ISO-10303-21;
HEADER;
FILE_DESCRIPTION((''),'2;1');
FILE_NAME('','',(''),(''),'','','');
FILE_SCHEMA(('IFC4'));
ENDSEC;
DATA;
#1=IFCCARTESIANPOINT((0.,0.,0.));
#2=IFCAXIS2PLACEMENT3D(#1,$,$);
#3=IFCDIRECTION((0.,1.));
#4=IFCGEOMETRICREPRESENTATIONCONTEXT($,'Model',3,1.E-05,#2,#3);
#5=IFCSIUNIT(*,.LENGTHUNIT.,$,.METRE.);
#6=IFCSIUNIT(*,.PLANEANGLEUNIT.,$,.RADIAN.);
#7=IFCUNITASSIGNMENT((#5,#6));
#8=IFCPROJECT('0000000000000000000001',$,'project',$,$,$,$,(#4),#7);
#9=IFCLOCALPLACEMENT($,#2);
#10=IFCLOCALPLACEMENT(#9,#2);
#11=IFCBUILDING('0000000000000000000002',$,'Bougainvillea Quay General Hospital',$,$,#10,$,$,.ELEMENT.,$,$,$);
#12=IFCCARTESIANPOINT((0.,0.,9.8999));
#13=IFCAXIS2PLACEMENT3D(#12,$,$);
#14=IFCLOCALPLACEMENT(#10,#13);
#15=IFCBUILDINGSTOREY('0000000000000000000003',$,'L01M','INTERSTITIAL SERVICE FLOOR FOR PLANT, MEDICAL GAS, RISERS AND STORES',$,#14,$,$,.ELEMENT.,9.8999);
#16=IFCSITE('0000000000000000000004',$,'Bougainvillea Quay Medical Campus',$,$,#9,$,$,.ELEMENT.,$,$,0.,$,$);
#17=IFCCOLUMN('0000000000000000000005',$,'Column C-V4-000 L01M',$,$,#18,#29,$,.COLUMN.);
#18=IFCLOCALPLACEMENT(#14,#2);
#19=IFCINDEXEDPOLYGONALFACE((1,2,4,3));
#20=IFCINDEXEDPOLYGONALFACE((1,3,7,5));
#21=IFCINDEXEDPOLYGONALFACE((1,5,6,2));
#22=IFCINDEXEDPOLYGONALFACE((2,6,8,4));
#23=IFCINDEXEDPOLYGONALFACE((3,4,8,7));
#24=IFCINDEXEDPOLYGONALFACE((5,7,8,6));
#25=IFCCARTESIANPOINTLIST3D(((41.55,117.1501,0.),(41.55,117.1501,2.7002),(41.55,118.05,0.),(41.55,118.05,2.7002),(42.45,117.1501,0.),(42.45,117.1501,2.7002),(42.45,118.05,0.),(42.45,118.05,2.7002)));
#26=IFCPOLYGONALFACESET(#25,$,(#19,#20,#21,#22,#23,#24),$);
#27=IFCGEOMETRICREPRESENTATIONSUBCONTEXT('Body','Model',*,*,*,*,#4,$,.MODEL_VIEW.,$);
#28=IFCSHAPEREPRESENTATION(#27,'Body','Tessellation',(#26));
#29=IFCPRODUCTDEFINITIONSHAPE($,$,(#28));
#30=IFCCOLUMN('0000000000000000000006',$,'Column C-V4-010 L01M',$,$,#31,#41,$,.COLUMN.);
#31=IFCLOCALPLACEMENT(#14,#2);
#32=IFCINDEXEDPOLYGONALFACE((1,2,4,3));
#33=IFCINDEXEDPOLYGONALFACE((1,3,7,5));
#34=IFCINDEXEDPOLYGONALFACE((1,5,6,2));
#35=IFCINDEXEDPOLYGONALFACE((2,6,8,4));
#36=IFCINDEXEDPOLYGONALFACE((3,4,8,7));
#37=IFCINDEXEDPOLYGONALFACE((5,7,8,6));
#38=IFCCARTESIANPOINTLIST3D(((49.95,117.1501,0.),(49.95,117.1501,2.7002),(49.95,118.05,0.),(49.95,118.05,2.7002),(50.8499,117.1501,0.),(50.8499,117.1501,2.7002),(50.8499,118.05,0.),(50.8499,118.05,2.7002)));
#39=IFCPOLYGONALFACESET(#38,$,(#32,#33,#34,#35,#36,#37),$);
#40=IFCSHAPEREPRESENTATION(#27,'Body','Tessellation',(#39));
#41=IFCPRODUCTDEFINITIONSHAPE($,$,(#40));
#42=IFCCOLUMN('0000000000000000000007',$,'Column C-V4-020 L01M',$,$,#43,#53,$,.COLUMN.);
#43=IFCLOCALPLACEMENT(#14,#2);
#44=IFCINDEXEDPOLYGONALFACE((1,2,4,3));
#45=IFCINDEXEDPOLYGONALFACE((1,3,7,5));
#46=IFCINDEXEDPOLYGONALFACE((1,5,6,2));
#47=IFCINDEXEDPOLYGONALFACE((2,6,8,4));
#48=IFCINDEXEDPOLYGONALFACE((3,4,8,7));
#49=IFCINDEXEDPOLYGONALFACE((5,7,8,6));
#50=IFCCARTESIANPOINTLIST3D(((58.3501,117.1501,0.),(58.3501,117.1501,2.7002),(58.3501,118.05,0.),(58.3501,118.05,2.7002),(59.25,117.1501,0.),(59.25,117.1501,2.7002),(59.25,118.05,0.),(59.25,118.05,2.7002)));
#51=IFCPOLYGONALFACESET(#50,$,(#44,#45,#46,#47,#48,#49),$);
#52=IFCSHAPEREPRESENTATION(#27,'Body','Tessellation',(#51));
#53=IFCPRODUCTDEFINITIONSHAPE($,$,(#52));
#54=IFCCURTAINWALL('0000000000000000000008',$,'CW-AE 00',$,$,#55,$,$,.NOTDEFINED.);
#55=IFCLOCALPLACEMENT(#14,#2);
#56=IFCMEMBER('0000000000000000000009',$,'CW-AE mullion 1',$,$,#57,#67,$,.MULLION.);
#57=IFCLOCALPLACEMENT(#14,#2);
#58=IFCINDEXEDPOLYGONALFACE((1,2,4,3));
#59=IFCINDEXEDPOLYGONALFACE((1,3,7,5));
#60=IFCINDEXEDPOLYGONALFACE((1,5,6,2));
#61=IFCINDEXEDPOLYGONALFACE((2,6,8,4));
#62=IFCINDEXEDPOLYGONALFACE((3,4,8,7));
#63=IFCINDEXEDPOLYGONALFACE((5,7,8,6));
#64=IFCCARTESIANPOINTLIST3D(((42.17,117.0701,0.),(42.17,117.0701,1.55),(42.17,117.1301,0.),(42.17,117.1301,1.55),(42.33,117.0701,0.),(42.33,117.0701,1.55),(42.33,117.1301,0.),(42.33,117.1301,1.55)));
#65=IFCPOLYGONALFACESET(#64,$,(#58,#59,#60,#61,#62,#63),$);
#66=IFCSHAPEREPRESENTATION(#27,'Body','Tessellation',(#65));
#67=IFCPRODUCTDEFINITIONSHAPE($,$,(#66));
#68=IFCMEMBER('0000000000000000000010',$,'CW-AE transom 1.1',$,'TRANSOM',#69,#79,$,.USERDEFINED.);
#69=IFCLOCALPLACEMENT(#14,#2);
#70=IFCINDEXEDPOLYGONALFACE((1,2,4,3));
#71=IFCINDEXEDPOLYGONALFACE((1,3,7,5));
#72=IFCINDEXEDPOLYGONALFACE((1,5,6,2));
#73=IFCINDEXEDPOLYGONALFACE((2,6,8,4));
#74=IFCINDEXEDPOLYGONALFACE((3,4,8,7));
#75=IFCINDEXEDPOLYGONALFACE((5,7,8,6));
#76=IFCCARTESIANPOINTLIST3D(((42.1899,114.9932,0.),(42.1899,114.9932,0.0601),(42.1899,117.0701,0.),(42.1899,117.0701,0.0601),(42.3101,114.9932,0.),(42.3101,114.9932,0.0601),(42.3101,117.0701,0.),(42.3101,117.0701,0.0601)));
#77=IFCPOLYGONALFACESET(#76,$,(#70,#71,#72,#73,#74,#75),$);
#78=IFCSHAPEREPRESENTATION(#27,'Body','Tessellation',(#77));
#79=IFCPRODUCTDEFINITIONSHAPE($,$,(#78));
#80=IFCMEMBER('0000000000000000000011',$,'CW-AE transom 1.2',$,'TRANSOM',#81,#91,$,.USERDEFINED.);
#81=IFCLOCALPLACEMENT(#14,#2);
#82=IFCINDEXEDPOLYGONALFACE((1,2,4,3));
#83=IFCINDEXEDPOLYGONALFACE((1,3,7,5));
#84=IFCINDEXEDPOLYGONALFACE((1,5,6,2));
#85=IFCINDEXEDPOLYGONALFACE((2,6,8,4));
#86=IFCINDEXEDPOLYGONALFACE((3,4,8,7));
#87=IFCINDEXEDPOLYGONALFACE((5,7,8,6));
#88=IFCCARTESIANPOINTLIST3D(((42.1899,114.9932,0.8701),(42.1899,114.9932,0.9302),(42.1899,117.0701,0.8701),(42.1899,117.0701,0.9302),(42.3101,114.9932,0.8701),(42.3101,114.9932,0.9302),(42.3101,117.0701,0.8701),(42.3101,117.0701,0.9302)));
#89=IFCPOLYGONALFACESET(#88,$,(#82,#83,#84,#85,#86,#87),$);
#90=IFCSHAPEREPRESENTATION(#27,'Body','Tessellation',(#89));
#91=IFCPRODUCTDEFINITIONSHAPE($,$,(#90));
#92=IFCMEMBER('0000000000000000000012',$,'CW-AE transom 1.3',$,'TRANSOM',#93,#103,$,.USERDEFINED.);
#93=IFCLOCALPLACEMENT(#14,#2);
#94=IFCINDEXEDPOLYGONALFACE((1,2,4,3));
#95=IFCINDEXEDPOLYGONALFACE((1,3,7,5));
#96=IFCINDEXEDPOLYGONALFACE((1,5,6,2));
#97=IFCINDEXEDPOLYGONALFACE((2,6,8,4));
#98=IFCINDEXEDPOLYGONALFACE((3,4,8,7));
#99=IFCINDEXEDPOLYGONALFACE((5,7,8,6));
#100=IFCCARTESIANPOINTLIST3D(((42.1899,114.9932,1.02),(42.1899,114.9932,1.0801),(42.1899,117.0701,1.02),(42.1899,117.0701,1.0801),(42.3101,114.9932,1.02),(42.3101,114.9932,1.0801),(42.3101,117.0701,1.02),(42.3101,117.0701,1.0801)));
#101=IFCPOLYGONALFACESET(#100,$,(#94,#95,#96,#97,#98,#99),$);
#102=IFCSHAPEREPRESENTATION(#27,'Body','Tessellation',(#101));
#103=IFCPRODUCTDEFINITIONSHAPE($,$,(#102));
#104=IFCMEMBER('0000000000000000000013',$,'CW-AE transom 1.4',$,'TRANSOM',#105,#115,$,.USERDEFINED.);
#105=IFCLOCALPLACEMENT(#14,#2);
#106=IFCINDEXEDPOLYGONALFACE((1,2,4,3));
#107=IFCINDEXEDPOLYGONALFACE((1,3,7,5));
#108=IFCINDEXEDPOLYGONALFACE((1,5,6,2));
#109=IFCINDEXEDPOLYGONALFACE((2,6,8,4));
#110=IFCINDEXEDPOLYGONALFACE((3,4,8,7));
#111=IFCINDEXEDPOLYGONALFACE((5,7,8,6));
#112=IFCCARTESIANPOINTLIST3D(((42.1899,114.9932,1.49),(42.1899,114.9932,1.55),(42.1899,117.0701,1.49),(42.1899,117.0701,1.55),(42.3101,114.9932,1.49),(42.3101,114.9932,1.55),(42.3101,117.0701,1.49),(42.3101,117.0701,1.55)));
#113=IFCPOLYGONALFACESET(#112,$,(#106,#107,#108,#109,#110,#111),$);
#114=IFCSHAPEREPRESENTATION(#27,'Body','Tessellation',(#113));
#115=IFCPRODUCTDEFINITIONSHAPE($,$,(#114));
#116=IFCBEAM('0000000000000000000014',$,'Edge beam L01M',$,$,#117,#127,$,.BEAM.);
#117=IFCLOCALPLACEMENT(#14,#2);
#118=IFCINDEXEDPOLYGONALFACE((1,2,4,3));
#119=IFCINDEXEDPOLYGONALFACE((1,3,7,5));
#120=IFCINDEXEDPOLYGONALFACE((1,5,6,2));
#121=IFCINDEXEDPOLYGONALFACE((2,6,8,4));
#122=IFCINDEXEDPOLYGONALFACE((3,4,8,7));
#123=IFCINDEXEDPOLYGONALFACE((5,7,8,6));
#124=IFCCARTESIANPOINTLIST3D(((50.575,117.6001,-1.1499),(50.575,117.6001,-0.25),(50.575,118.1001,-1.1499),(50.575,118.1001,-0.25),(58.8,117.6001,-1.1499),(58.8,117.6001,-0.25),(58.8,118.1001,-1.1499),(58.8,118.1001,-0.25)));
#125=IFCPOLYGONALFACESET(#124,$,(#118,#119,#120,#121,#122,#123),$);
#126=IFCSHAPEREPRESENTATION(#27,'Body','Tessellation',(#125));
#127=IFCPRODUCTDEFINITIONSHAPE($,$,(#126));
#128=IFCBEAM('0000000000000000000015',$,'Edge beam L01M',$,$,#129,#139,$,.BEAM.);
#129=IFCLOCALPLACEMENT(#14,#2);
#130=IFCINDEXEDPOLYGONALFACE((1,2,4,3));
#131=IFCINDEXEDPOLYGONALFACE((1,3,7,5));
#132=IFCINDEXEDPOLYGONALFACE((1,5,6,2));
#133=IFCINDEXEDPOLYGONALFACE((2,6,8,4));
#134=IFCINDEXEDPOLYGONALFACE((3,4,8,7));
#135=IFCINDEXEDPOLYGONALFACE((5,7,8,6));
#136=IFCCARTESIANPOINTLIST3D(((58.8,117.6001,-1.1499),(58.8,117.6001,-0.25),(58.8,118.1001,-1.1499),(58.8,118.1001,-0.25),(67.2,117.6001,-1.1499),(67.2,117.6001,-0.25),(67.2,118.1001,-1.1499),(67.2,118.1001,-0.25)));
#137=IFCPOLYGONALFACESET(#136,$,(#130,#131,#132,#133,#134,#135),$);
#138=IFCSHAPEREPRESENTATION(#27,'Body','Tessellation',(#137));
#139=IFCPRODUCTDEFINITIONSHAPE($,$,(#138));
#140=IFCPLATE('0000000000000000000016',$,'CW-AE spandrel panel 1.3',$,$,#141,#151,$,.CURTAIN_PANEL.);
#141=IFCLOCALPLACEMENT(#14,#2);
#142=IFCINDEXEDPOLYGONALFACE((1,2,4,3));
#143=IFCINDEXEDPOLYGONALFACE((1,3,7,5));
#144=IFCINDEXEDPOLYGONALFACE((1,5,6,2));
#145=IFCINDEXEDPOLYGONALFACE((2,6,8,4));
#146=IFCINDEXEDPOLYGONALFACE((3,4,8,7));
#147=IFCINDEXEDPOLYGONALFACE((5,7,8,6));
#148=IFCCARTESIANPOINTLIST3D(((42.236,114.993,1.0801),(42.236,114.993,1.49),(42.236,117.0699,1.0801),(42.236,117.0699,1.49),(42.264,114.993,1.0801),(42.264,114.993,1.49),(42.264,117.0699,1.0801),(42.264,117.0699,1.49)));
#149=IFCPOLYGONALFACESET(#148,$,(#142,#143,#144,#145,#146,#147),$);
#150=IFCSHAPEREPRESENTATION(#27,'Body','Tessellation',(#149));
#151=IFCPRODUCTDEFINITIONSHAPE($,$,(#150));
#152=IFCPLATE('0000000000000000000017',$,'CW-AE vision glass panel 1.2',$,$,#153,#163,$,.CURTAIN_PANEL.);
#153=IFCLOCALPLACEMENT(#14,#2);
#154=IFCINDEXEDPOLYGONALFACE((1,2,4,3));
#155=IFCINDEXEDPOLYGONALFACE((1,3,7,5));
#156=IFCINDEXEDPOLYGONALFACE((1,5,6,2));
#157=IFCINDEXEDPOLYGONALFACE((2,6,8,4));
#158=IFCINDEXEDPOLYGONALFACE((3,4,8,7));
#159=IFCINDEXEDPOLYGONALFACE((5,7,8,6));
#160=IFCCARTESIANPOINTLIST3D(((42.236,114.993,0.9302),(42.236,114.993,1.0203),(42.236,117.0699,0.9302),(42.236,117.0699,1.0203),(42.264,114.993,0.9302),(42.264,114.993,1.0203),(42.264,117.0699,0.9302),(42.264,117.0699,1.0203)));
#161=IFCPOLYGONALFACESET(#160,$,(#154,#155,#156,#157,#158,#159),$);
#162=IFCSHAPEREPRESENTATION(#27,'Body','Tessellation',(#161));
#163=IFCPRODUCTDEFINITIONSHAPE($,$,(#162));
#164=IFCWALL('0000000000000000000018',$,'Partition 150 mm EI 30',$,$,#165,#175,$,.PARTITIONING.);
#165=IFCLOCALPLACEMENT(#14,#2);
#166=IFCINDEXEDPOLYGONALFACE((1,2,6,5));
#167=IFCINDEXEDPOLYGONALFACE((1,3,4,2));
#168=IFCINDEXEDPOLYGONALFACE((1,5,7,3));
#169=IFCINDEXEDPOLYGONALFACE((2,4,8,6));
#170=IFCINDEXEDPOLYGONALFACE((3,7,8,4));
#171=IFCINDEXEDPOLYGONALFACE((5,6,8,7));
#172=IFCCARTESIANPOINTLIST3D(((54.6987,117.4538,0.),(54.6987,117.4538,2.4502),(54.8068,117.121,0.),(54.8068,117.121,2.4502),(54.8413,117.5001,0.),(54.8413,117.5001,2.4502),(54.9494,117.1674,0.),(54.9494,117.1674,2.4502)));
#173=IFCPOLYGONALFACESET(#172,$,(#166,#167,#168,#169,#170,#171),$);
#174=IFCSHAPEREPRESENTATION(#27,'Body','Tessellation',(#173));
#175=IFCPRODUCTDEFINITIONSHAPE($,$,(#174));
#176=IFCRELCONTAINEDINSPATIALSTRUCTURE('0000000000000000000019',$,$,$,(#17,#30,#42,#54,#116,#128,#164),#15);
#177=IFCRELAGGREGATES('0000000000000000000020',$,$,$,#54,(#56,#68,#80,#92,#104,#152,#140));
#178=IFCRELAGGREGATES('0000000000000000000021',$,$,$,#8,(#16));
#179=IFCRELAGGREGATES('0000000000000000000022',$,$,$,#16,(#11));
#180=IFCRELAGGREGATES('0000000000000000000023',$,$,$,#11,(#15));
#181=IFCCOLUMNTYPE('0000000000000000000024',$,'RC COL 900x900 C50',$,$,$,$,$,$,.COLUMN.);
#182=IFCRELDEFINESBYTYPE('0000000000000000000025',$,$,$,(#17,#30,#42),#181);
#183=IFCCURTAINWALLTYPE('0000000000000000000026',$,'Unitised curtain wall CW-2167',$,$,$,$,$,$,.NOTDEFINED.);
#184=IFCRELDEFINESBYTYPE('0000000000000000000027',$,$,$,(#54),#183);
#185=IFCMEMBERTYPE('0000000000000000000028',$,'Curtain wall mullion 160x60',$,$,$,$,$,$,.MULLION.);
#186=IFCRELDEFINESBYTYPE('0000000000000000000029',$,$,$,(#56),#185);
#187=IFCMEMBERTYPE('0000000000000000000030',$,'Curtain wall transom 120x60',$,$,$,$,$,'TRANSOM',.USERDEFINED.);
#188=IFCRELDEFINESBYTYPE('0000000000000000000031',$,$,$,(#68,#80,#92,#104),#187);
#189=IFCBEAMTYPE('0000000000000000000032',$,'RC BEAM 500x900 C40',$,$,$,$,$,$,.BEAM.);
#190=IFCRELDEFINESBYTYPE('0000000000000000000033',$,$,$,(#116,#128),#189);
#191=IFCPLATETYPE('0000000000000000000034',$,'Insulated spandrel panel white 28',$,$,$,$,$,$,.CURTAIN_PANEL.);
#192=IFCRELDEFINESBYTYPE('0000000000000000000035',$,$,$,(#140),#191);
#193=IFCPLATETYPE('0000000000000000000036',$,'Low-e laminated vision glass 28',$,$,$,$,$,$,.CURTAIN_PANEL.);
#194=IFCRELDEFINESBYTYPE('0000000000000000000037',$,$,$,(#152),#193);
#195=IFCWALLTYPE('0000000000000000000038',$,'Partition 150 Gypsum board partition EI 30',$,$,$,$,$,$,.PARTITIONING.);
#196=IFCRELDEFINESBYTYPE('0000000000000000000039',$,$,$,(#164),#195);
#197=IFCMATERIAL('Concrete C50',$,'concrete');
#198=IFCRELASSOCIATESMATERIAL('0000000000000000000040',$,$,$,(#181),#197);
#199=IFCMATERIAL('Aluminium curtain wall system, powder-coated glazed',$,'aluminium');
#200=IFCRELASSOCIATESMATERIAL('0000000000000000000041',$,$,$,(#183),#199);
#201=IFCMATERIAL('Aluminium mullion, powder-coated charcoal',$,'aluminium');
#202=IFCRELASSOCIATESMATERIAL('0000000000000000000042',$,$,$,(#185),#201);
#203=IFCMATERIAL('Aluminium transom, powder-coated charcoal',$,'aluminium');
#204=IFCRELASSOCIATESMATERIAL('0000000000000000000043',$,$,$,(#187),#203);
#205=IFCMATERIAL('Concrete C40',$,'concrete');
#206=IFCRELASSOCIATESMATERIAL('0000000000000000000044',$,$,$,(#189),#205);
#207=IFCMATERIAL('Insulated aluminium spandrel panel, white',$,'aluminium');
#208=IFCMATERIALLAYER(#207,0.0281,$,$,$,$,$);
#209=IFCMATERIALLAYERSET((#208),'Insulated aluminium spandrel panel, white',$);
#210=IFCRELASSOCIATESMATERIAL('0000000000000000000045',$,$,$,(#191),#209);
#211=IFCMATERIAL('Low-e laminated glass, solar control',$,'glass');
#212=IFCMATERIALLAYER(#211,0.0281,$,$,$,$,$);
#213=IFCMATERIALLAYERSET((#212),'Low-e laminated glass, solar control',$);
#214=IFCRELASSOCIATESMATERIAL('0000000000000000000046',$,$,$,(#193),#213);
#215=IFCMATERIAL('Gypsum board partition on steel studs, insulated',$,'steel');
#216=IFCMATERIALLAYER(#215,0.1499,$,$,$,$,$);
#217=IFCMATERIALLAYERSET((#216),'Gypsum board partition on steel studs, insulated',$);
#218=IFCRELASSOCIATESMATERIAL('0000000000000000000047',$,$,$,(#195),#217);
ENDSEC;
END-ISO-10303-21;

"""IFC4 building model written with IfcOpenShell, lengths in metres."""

from ifc_helpers import new_model, si_unit, direction, frame, frame_2d, origin, origin_2d, place, context, subcontext, project, spatial, rectangle, extrude, material, layer, layer_set, material_profile, profile_set, type_object, element, aggregate, save


model = new_model("IFC4")

# Units and contexts
model_context = context("Model", 3, precision=1e-05, world=origin(), true_north=direction((0.0, 1.0)))
body_context = subcontext(model_context, "Body", "Model", "MODEL_VIEW")
ifc_project = project(units=[si_unit("LENGTHUNIT", "METRE"), si_unit("PLANEANGLEUNIT", "RADIAN")], contexts=[model_context])

# Site, building, storey
site_placement = place(None, origin())
site = spatial("IfcSite", under=ifc_project, at=site_placement, Name="Bougainvillea Quay Medical Campus", CompositionType="ELEMENT", RefElevation=0.0)
building_placement = place(site_placement, origin())
building = spatial("IfcBuilding", under=site, at=building_placement, Name="Bougainvillea Quay General Hospital", CompositionType="ELEMENT")
storey_placement = place(building_placement, frame((0.0, 0.0, 9.8999)))
storey = spatial("IfcBuildingStorey", under=building, at=storey_placement, Name="L01M", Description="INTERSTITIAL SERVICE FLOOR FOR PLANT, MEDICAL GAS, RISERS AND STORES", CompositionType="ELEMENT", Elevation=9.8999)

# Columns
ifc_material_1 = material(Name="Concrete C50", Category="concrete")
ifc_material_profile_1 = material_profile(ifc_material_1, rectangle(XDim=0.8999, YDim=0.8999, at=origin_2d()))
ifc_profile_set_1 = profile_set([ifc_material_profile_1], Name="Concrete C50")
column_type = type_object("IfcColumnType", Name="RC COL 900x900 C50", PredefinedType="COLUMN", material=ifc_profile_set_1)
for number, where, z_axis, x_axis, name in (
    (1, (42.0, 117.6001, 0.0), (0.0, 0.0, 1.0), (1.0, 0.0, 0.0), "Column C-V4-000 L01M"),
    (2, (50.3999, 117.6001, 0.0), (0.0, 0.0, 1.0), (1.0, 0.0, 0.0), "Column C-V4-010 L01M"),
    (3, (58.8, 117.6001, 0.0), (0.0, 0.0, 1.0), (1.0, 0.0, 0.0), "Column C-V4-020 L01M"),
):
    element("IfcColumn", number, at=place(storey_placement, frame(where, z_axis=z_axis, x_axis=x_axis)), inside=storey, type_object=column_type, Name=name, PredefinedType="COLUMN", context=body_context, shape_type="SweptSolid", body=[
        extrude(rectangle(XDim=0.8999, YDim=0.8999, at=origin_2d()), origin(), (0.0, 0.0, 1.0), 2.7002),
    ])

# Curtain wall, members
ifc_material_2 = material(Name="Aluminium curtain wall system, powder-coated glazed", Category="aluminium")
curtain_wall_type = type_object("IfcCurtainWallType", Name="Unitised curtain wall CW-2167", PredefinedType="NOTDEFINED", material=ifc_material_2)
curtain_wall_placement = place(storey_placement, origin())
curtain_wall = element("IfcCurtainWall", 4, at=curtain_wall_placement, inside=storey, type_object=curtain_wall_type, Name="CW-AE 00", PredefinedType="NOTDEFINED")
ifc_material_3 = material(Name="Aluminium mullion, powder-coated charcoal", Category="aluminium")
ifc_material_profile_2 = material_profile(ifc_material_3, rectangle(XDim=0.1599, YDim=0.0601, at=origin_2d()))
ifc_profile_set_2 = profile_set([ifc_material_profile_2], Name="Aluminium mullion, powder-coated charcoal")
member_type_1 = type_object("IfcMemberType", Name="Curtain wall mullion 160x60", PredefinedType="MULLION", material=ifc_profile_set_2)
member_1_placement = place(storey_placement, frame((42.25, 117.1001, 0.0), z_axis=(0.0, 0.0, 1.0), x_axis=(1.0, 0.0, 0.0)))
member_1 = element("IfcMember", 5, at=member_1_placement, type_object=member_type_1, Name="CW-AE mullion 1", PredefinedType="MULLION", context=body_context, shape_type="SweptSolid", body=[
    extrude(rectangle(XDim=0.1599, YDim=0.0601, at=origin_2d()), origin(), (0.0, 0.0, 1.0), 1.55),
])
ifc_material_4 = material(Name="Aluminium transom, powder-coated charcoal", Category="aluminium")
ifc_material_profile_3 = material_profile(ifc_material_4, rectangle(XDim=0.1201, YDim=0.0601, at=origin_2d()))
ifc_profile_set_3 = profile_set([ifc_material_profile_3], Name="Aluminium transom, powder-coated charcoal")
member_type_2 = type_object("IfcMemberType", Name="Curtain wall transom 120x60", ElementType="TRANSOM", PredefinedType="USERDEFINED", material=ifc_profile_set_3)
member_2_placement = place(storey_placement, frame((42.25, 117.0701, 0.03), z_axis=(0.0, -1.0, 0.0), x_axis=(1.0, 0.0, 0.0)))
member_2 = element("IfcMember", 6, at=member_2_placement, type_object=member_type_2, Name="CW-AE transom 1.1", ObjectType="TRANSOM", PredefinedType="USERDEFINED", context=body_context, shape_type="SweptSolid", body=[
    extrude(rectangle(XDim=0.1201, YDim=0.0601, at=origin_2d()), origin(), (0.0, 0.0, 1.0), 2.0769),
])
member_3_placement = place(storey_placement, frame((42.25, 117.0701, 0.9001), z_axis=(0.0, -1.0, 0.0), x_axis=(1.0, 0.0, 0.0)))
member_3 = element("IfcMember", 7, at=member_3_placement, type_object=member_type_2, Name="CW-AE transom 1.2", ObjectType="TRANSOM", PredefinedType="USERDEFINED", context=body_context, shape_type="SweptSolid", body=[
    extrude(rectangle(XDim=0.1201, YDim=0.0601, at=origin_2d()), origin(), (0.0, 0.0, 1.0), 2.0769),
])
member_4_placement = place(storey_placement, frame((42.25, 117.0701, 1.05), z_axis=(0.0, -1.0, 0.0), x_axis=(1.0, 0.0, 0.0)))
member_4 = element("IfcMember", 8, at=member_4_placement, type_object=member_type_2, Name="CW-AE transom 1.3", ObjectType="TRANSOM", PredefinedType="USERDEFINED", context=body_context, shape_type="SweptSolid", body=[
    extrude(rectangle(XDim=0.1201, YDim=0.0601, at=origin_2d()), origin(), (0.0, 0.0, 1.0), 2.0769),
])
member_5_placement = place(storey_placement, frame((42.25, 117.0701, 1.52), z_axis=(0.0, -1.0, 0.0), x_axis=(1.0, 0.0, 0.0)))
member_5 = element("IfcMember", 9, at=member_5_placement, type_object=member_type_2, Name="CW-AE transom 1.4", ObjectType="TRANSOM", PredefinedType="USERDEFINED", context=body_context, shape_type="SweptSolid", body=[
    extrude(rectangle(XDim=0.1201, YDim=0.0601, at=origin_2d()), origin(), (0.0, 0.0, 1.0), 2.0769),
])

# Beams
ifc_material_5 = material(Name="Concrete C40", Category="concrete")
ifc_material_profile_4 = material_profile(ifc_material_5, rectangle(XDim=0.5, YDim=0.8999, at=origin_2d()))
ifc_profile_set_4 = profile_set([ifc_material_profile_4], Name="Concrete C40")
beam_type = type_object("IfcBeamType", Name="RC BEAM 500x900 C40", PredefinedType="BEAM", material=ifc_profile_set_4)
beam_1_placement = place(storey_placement, frame((50.575, 117.8501, -0.7), z_axis=(1.0, 0.0, 0.0), x_axis=(0.0, 1.0, 0.0)))
element("IfcBeam", 10, at=beam_1_placement, inside=storey, type_object=beam_type, Name="Edge beam L01M", PredefinedType="BEAM", context=body_context, shape_type="SweptSolid", body=[
    extrude(rectangle(XDim=0.5, YDim=0.8999, at=origin_2d()), origin(), (0.0, 0.0, 1.0), 8.2251),
])
beam_2_placement = place(storey_placement, frame((58.8, 117.8501, -0.7), z_axis=(1.0, 0.0, 0.0), x_axis=(0.0, 1.0, 0.0)))
element("IfcBeam", 11, at=beam_2_placement, inside=storey, type_object=beam_type, Name="Edge beam L01M", PredefinedType="BEAM", context=body_context, shape_type="SweptSolid", body=[
    extrude(rectangle(XDim=0.5, YDim=0.8999, at=origin_2d()), origin(), (0.0, 0.0, 1.0), 8.3999),
])

# Plates
ifc_material_6 = material(Name="Insulated aluminium spandrel panel, white", Category="aluminium")
ifc_layer_1 = layer(ifc_material_6, 0.0281)
ifc_layer_set_1 = layer_set([ifc_layer_1], Name="Insulated aluminium spandrel panel, white")
plate_type_1 = type_object("IfcPlateType", Name="Insulated spandrel panel white 28", PredefinedType="CURTAIN_PANEL", material=ifc_layer_set_1)
plate_1_placement = place(storey_placement, frame((42.25, 116.0315, 1.0801), z_axis=(0.0, 0.0, 1.0), x_axis=(0.0, -1.0, 0.0)))
plate_1 = element("IfcPlate", 12, at=plate_1_placement, type_object=plate_type_1, Name="CW-AE spandrel panel 1.3", PredefinedType="CURTAIN_PANEL", context=body_context, shape_type="SweptSolid", body=[
    extrude(rectangle(XDim=2.0769, YDim=0.0281, at=origin_2d()), origin(), (0.0, 0.0, 1.0), 0.4099),
])
ifc_material_7 = material(Name="Low-e laminated glass, solar control", Category="glass")
ifc_layer_2 = layer(ifc_material_7, 0.0281)
ifc_layer_set_2 = layer_set([ifc_layer_2], Name="Low-e laminated glass, solar control")
plate_type_2 = type_object("IfcPlateType", Name="Low-e laminated vision glass 28", PredefinedType="CURTAIN_PANEL", material=ifc_layer_set_2)
plate_2_placement = place(storey_placement, frame((42.25, 116.0315, 0.9302), z_axis=(0.0, 0.0, 1.0), x_axis=(0.0, -1.0, 0.0)))
plate_2 = element("IfcPlate", 13, at=plate_2_placement, type_object=plate_type_2, Name="CW-AE vision glass panel 1.2", PredefinedType="CURTAIN_PANEL", context=body_context, shape_type="SweptSolid", body=[
    extrude(rectangle(XDim=2.0769, YDim=0.0281, at=origin_2d()), origin(), (0.0, 0.0, 1.0), 0.0901),
])
aggregate(curtain_wall, [member_1, member_2, member_3, member_4, member_5, plate_2, plate_1])

# Wall
ifc_material_8 = material(Name="Gypsum board partition on steel studs, insulated", Category="steel")
ifc_layer_3 = layer(ifc_material_8, 0.1499)
ifc_layer_set_3 = layer_set([ifc_layer_3], Name="Gypsum board partition on steel studs, insulated")
wall_type_1 = type_object("IfcWallType", Name="Partition 150 Gypsum board partition EI 30", PredefinedType="PARTITIONING", material=ifc_layer_set_3)
wall_1_placement = place(storey_placement, frame((54.77, 117.4768, 0.0), z_axis=(0.0, 0.0, 1.0), x_axis=(0.309102, -0.951029, 0.0)))
element("IfcWall", 14, at=wall_1_placement, inside=storey, type_object=wall_type_1, Name="Partition 150 mm EI 30", PredefinedType="PARTITIONING", context=body_context, shape_type="SweptSolid", body=[
    extrude(rectangle(XDim=0.3499, YDim=0.1499, at=frame_2d((0.1748, 0.0))), origin(), (0.0, 0.0, 1.0), 2.4502),
])

save(model, "model.ifc")
